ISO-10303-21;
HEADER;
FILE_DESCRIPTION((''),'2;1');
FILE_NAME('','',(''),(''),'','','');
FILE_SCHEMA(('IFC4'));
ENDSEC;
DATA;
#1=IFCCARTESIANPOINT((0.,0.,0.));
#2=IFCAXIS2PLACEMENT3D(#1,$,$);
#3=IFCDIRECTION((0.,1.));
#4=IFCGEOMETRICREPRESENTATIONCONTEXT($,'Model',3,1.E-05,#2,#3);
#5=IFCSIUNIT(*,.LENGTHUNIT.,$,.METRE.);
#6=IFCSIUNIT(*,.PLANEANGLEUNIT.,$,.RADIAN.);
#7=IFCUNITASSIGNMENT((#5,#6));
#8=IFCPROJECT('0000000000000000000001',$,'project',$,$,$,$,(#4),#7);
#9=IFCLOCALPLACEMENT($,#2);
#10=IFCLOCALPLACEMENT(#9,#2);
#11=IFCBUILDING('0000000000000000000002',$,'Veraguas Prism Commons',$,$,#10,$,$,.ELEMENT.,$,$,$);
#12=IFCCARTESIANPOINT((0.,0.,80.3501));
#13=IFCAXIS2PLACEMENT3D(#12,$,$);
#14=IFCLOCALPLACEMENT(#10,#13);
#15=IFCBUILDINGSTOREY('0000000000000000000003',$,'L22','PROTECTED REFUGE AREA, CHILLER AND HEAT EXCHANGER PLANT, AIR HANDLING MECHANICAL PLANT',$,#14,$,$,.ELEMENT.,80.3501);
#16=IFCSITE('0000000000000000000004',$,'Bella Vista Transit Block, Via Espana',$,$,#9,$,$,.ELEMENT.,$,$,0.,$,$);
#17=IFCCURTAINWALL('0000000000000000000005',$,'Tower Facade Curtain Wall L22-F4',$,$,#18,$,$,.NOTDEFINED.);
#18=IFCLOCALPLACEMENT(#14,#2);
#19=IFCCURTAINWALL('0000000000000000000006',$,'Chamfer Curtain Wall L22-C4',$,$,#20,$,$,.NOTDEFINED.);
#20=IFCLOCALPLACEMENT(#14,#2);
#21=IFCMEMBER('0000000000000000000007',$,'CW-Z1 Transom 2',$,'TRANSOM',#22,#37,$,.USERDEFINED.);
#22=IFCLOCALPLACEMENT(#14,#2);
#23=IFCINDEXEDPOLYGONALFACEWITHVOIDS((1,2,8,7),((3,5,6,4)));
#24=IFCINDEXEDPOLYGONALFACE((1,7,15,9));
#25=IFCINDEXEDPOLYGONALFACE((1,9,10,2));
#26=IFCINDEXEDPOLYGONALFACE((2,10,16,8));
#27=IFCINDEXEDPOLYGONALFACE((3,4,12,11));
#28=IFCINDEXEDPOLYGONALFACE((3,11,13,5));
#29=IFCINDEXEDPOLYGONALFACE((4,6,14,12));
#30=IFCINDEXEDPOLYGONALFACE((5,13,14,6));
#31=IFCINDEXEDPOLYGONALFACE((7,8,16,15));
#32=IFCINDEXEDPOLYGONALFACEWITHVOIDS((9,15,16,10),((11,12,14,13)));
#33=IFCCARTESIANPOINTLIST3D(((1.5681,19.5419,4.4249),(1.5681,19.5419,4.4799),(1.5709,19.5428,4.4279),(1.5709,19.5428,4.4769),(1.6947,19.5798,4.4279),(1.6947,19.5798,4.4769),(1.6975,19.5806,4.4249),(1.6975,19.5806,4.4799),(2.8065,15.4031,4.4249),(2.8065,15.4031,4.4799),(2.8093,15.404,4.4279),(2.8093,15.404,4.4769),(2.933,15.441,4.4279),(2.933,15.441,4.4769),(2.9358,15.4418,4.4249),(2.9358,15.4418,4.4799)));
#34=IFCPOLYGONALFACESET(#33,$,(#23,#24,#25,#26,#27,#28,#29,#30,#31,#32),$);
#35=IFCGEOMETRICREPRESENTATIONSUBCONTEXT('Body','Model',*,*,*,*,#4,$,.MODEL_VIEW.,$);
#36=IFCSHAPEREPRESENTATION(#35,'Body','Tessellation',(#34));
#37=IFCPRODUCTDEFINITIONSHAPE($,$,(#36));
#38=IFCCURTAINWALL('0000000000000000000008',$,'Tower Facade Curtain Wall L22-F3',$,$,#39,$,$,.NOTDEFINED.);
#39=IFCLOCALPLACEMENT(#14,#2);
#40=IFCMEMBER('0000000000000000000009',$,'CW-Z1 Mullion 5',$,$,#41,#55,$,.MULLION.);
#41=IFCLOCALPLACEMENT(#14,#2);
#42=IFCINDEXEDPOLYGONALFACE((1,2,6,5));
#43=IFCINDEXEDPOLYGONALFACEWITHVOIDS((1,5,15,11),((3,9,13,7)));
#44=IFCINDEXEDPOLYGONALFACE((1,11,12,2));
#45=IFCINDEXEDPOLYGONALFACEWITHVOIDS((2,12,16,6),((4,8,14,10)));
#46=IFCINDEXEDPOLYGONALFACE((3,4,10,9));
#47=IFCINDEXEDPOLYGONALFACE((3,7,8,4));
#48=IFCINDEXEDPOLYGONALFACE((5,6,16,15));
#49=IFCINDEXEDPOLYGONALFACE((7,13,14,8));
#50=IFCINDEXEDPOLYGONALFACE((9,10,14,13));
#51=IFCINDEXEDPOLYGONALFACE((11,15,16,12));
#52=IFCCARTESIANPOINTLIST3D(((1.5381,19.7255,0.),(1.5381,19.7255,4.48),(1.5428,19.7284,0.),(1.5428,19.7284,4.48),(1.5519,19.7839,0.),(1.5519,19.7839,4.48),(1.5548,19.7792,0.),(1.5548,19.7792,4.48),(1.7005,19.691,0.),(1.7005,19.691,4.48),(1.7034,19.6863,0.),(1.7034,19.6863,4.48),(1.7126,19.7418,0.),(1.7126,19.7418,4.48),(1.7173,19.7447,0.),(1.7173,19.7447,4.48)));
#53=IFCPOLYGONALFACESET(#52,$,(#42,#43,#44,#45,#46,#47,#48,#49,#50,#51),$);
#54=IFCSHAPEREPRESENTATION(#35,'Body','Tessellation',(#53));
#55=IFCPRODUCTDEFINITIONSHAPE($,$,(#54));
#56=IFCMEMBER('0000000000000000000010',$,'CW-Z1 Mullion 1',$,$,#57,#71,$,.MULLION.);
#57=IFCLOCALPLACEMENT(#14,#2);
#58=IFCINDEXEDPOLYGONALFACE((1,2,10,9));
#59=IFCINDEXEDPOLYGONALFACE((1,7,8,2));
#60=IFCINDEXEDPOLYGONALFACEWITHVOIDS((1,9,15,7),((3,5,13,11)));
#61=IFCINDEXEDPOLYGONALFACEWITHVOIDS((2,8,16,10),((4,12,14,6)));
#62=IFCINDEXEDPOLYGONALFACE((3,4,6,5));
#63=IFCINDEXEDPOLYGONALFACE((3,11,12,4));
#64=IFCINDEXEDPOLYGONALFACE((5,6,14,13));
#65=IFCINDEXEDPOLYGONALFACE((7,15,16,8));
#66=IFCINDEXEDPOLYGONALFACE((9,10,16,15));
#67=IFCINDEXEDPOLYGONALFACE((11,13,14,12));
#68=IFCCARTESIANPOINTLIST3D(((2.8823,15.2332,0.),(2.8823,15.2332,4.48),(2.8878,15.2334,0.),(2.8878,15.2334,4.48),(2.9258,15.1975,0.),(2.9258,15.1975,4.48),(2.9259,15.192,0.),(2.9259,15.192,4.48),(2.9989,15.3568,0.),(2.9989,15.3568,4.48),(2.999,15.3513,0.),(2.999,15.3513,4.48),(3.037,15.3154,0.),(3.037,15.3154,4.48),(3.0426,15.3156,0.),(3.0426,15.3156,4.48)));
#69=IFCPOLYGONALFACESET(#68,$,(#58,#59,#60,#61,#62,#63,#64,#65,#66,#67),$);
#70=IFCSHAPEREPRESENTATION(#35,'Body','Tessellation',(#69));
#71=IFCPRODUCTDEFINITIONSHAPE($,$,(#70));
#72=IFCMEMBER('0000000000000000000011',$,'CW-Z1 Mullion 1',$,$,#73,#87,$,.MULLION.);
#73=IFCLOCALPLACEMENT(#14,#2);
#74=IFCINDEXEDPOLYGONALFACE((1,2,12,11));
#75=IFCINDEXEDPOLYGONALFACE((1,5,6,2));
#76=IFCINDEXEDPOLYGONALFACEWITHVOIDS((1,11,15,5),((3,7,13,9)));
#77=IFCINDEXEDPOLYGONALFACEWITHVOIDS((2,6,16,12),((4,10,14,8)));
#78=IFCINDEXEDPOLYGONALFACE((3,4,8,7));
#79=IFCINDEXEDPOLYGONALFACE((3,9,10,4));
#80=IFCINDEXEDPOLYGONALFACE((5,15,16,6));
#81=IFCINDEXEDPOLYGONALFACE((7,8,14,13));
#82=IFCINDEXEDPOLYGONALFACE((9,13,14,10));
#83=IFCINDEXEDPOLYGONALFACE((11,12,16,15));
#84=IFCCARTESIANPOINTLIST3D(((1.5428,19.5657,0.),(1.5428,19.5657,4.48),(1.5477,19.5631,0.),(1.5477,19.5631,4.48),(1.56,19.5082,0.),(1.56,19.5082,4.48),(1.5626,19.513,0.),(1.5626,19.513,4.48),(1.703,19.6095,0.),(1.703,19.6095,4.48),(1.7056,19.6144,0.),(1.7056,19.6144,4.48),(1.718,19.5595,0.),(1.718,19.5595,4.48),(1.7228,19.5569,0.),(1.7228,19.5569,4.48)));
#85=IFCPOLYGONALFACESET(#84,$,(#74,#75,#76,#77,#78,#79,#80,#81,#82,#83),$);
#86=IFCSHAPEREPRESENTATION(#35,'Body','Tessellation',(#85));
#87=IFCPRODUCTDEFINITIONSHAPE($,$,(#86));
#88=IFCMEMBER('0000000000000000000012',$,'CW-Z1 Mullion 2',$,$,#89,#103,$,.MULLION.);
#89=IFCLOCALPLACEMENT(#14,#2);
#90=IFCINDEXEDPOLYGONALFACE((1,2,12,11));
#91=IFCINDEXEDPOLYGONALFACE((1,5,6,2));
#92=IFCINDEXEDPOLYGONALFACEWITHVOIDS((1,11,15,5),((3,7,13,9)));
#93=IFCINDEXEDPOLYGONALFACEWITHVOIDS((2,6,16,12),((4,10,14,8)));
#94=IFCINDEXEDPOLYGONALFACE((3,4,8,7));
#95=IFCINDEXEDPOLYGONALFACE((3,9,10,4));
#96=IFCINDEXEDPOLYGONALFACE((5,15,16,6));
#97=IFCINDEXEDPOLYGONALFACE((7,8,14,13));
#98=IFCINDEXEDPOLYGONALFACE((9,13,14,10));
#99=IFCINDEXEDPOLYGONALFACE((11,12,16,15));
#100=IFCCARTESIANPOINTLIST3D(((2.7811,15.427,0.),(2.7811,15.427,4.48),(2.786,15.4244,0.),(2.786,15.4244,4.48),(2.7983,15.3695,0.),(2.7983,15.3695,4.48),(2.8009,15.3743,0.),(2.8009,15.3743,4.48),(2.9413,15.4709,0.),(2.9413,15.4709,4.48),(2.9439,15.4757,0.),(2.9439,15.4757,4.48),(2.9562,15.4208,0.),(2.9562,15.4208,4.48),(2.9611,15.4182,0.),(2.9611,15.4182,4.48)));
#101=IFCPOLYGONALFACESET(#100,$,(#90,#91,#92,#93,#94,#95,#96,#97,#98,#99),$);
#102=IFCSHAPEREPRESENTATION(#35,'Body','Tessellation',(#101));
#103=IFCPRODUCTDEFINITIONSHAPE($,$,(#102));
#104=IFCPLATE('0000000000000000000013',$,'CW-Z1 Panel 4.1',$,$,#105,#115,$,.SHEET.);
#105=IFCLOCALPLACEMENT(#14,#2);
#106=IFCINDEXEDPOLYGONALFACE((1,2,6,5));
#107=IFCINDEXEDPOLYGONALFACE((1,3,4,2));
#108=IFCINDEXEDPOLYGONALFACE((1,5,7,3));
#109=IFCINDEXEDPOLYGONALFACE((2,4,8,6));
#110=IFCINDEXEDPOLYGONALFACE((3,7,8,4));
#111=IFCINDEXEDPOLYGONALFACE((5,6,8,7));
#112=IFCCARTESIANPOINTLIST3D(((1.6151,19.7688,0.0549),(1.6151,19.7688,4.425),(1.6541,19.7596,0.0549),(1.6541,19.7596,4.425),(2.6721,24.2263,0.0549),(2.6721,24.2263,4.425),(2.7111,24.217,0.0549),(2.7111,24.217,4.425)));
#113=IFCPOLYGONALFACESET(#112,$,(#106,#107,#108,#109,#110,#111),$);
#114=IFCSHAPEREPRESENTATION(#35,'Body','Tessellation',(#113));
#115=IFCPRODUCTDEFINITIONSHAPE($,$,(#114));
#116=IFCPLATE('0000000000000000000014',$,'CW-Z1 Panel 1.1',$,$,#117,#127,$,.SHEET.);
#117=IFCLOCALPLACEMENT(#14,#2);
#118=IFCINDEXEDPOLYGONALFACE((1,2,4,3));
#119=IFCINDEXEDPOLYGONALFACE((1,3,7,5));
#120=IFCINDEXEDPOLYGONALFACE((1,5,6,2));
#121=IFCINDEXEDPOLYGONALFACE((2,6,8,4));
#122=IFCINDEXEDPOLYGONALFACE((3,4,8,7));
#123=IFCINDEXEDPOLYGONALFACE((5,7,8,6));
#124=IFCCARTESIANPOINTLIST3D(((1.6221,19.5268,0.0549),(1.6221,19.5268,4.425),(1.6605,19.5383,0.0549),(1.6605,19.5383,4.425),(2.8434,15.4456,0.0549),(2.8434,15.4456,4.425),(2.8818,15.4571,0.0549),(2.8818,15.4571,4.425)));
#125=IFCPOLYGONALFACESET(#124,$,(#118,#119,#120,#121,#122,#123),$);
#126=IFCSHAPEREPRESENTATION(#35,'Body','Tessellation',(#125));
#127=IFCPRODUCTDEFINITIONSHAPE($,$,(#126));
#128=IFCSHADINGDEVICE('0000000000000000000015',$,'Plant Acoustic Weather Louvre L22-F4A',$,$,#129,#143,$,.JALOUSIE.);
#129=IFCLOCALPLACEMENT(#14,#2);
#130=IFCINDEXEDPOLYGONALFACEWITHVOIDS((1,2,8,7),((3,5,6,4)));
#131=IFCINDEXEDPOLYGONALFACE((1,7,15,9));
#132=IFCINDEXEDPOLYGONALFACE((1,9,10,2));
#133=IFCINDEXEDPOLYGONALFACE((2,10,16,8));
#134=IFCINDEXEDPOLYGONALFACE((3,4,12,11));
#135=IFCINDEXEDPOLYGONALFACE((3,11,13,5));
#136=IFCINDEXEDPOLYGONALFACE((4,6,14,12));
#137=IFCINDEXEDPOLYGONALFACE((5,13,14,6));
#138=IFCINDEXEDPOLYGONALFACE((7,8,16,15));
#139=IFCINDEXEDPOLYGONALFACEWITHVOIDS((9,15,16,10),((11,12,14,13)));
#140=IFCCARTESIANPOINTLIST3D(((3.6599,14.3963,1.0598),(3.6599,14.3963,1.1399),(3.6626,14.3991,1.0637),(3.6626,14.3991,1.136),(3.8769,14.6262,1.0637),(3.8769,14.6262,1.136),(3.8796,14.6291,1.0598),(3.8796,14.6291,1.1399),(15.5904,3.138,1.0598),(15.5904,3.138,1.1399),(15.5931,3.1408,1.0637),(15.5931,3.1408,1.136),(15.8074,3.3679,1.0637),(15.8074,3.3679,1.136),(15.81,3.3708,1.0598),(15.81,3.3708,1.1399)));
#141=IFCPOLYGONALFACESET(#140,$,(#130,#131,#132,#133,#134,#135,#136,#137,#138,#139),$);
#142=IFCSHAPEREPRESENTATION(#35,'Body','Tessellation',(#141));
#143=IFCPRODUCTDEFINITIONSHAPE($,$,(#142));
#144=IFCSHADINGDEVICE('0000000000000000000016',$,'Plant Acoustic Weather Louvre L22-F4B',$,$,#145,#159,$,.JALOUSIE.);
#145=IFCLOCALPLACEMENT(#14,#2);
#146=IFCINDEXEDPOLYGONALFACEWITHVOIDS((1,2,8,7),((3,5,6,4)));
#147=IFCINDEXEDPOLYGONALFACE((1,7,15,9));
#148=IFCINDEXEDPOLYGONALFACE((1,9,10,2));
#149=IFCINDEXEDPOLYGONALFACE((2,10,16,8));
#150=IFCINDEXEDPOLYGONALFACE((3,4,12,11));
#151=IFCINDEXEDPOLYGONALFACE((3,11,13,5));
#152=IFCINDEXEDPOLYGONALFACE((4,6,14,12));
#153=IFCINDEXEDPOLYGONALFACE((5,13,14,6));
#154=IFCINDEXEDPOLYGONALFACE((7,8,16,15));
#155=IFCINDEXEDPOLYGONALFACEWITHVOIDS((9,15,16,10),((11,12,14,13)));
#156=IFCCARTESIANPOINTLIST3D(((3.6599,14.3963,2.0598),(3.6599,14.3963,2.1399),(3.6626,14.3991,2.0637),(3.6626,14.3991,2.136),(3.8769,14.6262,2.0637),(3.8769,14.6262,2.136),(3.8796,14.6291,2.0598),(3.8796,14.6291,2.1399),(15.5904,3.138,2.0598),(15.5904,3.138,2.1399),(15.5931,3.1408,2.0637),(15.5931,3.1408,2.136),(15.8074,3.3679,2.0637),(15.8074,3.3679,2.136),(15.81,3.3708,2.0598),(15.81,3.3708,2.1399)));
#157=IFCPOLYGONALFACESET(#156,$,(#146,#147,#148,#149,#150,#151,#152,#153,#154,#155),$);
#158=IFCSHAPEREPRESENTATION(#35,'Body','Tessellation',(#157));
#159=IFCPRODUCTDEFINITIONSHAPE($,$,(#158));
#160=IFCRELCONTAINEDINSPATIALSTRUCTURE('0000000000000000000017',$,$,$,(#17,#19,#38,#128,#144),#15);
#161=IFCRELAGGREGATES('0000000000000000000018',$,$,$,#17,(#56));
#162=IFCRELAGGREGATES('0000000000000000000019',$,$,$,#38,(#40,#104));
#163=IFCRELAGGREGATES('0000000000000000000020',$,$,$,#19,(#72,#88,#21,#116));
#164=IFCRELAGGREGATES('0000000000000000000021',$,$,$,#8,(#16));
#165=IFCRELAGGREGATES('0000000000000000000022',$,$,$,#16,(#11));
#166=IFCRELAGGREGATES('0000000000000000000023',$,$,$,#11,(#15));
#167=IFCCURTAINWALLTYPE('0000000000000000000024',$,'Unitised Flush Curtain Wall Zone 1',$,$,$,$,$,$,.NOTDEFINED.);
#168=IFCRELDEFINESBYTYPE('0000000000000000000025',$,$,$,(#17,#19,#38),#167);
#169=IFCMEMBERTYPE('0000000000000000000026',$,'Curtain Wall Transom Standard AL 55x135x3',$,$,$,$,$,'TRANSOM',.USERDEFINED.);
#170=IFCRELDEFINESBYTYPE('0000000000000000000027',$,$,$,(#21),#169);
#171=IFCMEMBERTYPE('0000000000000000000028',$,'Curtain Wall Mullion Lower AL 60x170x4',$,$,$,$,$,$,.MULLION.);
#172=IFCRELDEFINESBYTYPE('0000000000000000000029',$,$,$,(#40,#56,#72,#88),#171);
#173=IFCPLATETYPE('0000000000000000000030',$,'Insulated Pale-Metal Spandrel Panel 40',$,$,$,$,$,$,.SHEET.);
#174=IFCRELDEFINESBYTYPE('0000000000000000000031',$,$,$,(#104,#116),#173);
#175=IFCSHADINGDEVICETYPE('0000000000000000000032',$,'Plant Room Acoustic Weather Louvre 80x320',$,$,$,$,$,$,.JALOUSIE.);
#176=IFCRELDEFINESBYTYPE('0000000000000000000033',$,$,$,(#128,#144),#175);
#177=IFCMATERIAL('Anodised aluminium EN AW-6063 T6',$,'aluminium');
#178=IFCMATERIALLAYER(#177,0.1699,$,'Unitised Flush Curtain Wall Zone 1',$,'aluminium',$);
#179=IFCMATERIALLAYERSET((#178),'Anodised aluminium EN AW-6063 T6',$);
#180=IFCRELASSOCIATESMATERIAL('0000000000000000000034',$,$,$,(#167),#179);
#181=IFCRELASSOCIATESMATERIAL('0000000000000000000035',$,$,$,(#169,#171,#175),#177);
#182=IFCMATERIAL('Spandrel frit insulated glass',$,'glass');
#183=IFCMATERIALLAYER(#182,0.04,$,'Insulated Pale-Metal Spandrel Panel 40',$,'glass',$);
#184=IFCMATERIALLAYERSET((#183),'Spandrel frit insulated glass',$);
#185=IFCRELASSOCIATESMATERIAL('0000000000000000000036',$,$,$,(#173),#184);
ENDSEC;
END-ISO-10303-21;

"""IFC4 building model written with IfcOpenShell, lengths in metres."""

from ifc_helpers import new_model, si_unit, direction, frame, origin, origin_2d, place, context, subcontext, project, spatial, rectangle, hollow_rectangle, extrude, source, transform, mapped, material, layer, layer_set, material_profile, profile_set, type_object, element, aggregate, save


model = new_model("IFC4")

# Units and contexts
model_context = context("Model", 3, precision=1e-05, world=origin(), true_north=direction((0.0, 1.0)))
body_context = subcontext(model_context, "Body", "Model", "MODEL_VIEW")
ifc_project = project(units=[si_unit("LENGTHUNIT", "METRE"), si_unit("PLANEANGLEUNIT", "RADIAN")], contexts=[model_context])

# Site, building, storey
site_placement = place(None, origin())
site = spatial("IfcSite", under=ifc_project, at=site_placement, Name="Bella Vista Transit Block, Via Espana", CompositionType="ELEMENT", RefElevation=0.0)
building_placement = place(site_placement, origin())
building = spatial("IfcBuilding", under=site, at=building_placement, Name="Veraguas Prism Commons", CompositionType="ELEMENT")
storey_placement = place(building_placement, frame((0.0, 0.0, 80.3501)))
storey = spatial("IfcBuildingStorey", under=building, at=storey_placement, Name="L22", Description="PROTECTED REFUGE AREA, CHILLER AND HEAT EXCHANGER PLANT, AIR HANDLING MECHANICAL PLANT", CompositionType="ELEMENT", Elevation=80.3501)

# Curtain walls, member
ifc_material_1 = material(Name="Anodised aluminium EN AW-6063 T6", Category="aluminium")
ifc_layer_1 = layer(ifc_material_1, 0.1699, Name="Unitised Flush Curtain Wall Zone 1", Category="aluminium")
ifc_layer_set_1 = layer_set([ifc_layer_1], Name="Anodised aluminium EN AW-6063 T6")
curtain_wall_type = type_object("IfcCurtainWallType", Name="Unitised Flush Curtain Wall Zone 1", PredefinedType="NOTDEFINED", material=ifc_layer_set_1)
curtain_wall_1_placement = place(storey_placement, origin())
curtain_wall_1 = element("IfcCurtainWall", 1, at=curtain_wall_1_placement, inside=storey, type_object=curtain_wall_type, Name="Tower Facade Curtain Wall L22-F4", PredefinedType="NOTDEFINED")
ifc_material_profile_1 = material_profile(ifc_material_1, hollow_rectangle(XDim=0.0549, YDim=0.135, WallThickness=0.0029, at=origin_2d()), Name="AL55X135X3")
ifc_profile_set_1 = profile_set([ifc_material_profile_1], Name="Anodised aluminium EN AW-6063 T6")
member_type_1 = type_object("IfcMemberType", Name="Curtain Wall Transom Standard AL 55x135x3", ElementType="TRANSOM", PredefinedType="USERDEFINED", material=ifc_profile_set_1)
curtain_wall_2_placement = place(storey_placement, origin())
curtain_wall_2 = element("IfcCurtainWall", 2, at=curtain_wall_2_placement, inside=storey, type_object=curtain_wall_type, Name="Chamfer Curtain Wall L22-C4", PredefinedType="NOTDEFINED")
shared_shape_1 = source(origin(), body_context, "Body", "SweptSolid", [
    extrude(hollow_rectangle(XDim=0.0549, YDim=0.135, WallThickness=0.0029, at=origin_2d()), origin(), (0.0, 0.0, 1.0), 4.3201),
])
member_1_placement = place(storey_placement, frame((1.6328, 19.5613, 4.4524), z_axis=(0.286643, -0.958038, 0.0), x_axis=(0.0, 0.0, 1.0)))
member_1 = element("IfcMember", 3, at=member_1_placement, type_object=member_type_1, Name="CW-Z1 Transom 2", ObjectType="TRANSOM", PredefinedType="USERDEFINED", context=body_context, shape_type="MappedRepresentation", body=[
    mapped(shared_shape_1, transform((0.0, 0.0, 0.0), scale=1.0)),
])

# Curtain wall, member
curtain_wall_3_placement = place(storey_placement, origin())
curtain_wall_3 = element("IfcCurtainWall", 4, at=curtain_wall_3_placement, inside=storey, type_object=curtain_wall_type, Name="Tower Facade Curtain Wall L22-F3", PredefinedType="NOTDEFINED")
ifc_material_profile_2 = material_profile(ifc_material_1, hollow_rectangle(XDim=0.0601, YDim=0.1699, WallThickness=0.0039, at=origin_2d()), Name="AL60X170X4")
ifc_profile_set_2 = profile_set([ifc_material_profile_2], Name="Anodised aluminium EN AW-6063 T6")
member_type_2 = type_object("IfcMemberType", Name="Curtain Wall Mullion Lower AL 60x170x4", PredefinedType="MULLION", material=ifc_profile_set_2)
shared_shape_2 = source(origin(), body_context, "Body", "SweptSolid", [
    extrude(hollow_rectangle(XDim=0.0601, YDim=0.1699, WallThickness=0.0039, at=origin_2d()), origin(), (0.0, 0.0, 1.0), 4.48),
])
member_2_placement = place(storey_placement, frame((1.6277, 19.7351, 0.0), z_axis=(0.0, 0.0, 1.0), x_axis=(-0.230734, -0.973017, 0.0)))
member_2 = element("IfcMember", 5, at=member_2_placement, type_object=member_type_2, Name="CW-Z1 Mullion 5", PredefinedType="MULLION", context=body_context, shape_type="MappedRepresentation", body=[
    mapped(shared_shape_2, transform((0.0, 0.0, 0.0), scale=1.0)),
])

# Members
member_3_placement = place(storey_placement, frame((2.9624, 15.2744, 0.0), z_axis=(0.0, 0.0, 1.0), x_axis=(0.727295, -0.686325, 0.0)))
member_3 = element("IfcMember", 6, at=member_3_placement, type_object=member_type_2, Name="CW-Z1 Mullion 1", PredefinedType="MULLION", context=body_context, shape_type="MappedRepresentation", body=[
    mapped(shared_shape_2, transform((0.0, 0.0, 0.0), scale=1.0)),
])
aggregate(curtain_wall_1, [member_3])
member_4_placement = place(storey_placement, frame((1.6328, 19.5613, 0.0), z_axis=(0.0, 0.0, 1.0), x_axis=(0.286692, -0.958023, 0.0)))
member_4 = element("IfcMember", 7, at=member_4_placement, type_object=member_type_2, Name="CW-Z1 Mullion 1", PredefinedType="MULLION", context=body_context, shape_type="MappedRepresentation", body=[
    mapped(shared_shape_2, transform((0.0, 0.0, 0.0), scale=1.0)),
])
member_5_placement = place(storey_placement, frame((2.8711, 15.4226, 0.0), z_axis=(0.0, 0.0, 1.0), x_axis=(0.286692, -0.958023, 0.0)))
member_5 = element("IfcMember", 8, at=member_5_placement, type_object=member_type_2, Name="CW-Z1 Mullion 2", PredefinedType="MULLION", context=body_context, shape_type="MappedRepresentation", body=[
    mapped(shared_shape_2, transform((0.0, 0.0, 0.0), scale=1.0)),
])

# Plates
ifc_material_2 = material(Name="Spandrel frit insulated glass", Category="glass")
ifc_layer_2 = layer(ifc_material_2, 0.04, Name="Insulated Pale-Metal Spandrel Panel 40", Category="glass")
ifc_layer_set_2 = layer_set([ifc_layer_2], Name="Spandrel frit insulated glass")
plate_type = type_object("IfcPlateType", Name="Insulated Pale-Metal Spandrel Panel 40", PredefinedType="SHEET", material=ifc_layer_set_2)
shared_shape_3 = source(origin(), body_context, "Body", "SweptSolid", [
    extrude(rectangle(XDim=4.5811, YDim=0.04, at=origin_2d()), origin(), (0.0, 0.0, 1.0), 4.3701),
])
plate_1_placement = place(storey_placement, frame((2.1631, 21.9929, 0.0549), z_axis=(0.0, 0.0, 1.0), x_axis=(-0.230734, -0.973017, 0.0)))
plate_1 = element("IfcPlate", 9, at=plate_1_placement, type_object=plate_type, Name="CW-Z1 Panel 4.1", PredefinedType="SHEET", context=body_context, shape_type="MappedRepresentation", body=[
    mapped(shared_shape_3, transform((0.0, 0.0, 0.0), scale=1.0)),
])
aggregate(curtain_wall_3, [member_2, plate_1])
shared_shape_4 = source(origin(), body_context, "Body", "SweptSolid", [
    extrude(rectangle(XDim=4.26, YDim=0.04, at=origin_2d()), origin(), (0.0, 0.0, 1.0), 4.3701),
])
plate_2_placement = place(storey_placement, frame((2.252, 17.4919, 0.0549), z_axis=(0.0, 0.0, 1.0), x_axis=(0.286692, -0.958023, 0.0)))
plate_2 = element("IfcPlate", 10, at=plate_2_placement, type_object=plate_type, Name="CW-Z1 Panel 1.1", PredefinedType="SHEET", context=body_context, shape_type="MappedRepresentation", body=[
    mapped(shared_shape_4, transform((0.0, 0.0, 0.0), scale=1.0)),
])
aggregate(curtain_wall_2, [member_4, member_5, member_1, plate_2])

# Shading devices
ifc_material_profile_3 = material_profile(ifc_material_1, hollow_rectangle(XDim=0.0801, YDim=0.3201, WallThickness=0.0039, at=origin_2d()), Name="LVR80X320X4")
ifc_profile_set_3 = profile_set([ifc_material_profile_3], Name="Anodised aluminium EN AW-6063 T6")
shading_device_type = type_object("IfcShadingDeviceType", Name="Plant Room Acoustic Weather Louvre 80x320", PredefinedType="JALOUSIE", material=ifc_profile_set_3)
for number, where, z_axis, x_axis, name in (
    (11, (3.7698, 14.5127, 1.0999), (0.727297, -0.686323, 0.0), (0.0, 0.0, 1.0), "Plant Acoustic Weather Louvre L22-F4A"),
    (12, (3.7698, 14.5127, 2.0999), (0.727297, -0.686323, 0.0), (0.0, 0.0, 1.0), "Plant Acoustic Weather Louvre L22-F4B"),
):
    element("IfcShadingDevice", number, at=place(storey_placement, frame(where, z_axis=z_axis, x_axis=x_axis)), inside=storey, type_object=shading_device_type, Name=name, PredefinedType="JALOUSIE", context=body_context, shape_type="SweptSolid", body=[
        extrude(hollow_rectangle(XDim=0.0801, YDim=0.3201, WallThickness=0.0039, at=origin_2d()), origin(), (0.0, 0.0, 1.0), 16.4038),
    ])

save(model, "model.ifc")
